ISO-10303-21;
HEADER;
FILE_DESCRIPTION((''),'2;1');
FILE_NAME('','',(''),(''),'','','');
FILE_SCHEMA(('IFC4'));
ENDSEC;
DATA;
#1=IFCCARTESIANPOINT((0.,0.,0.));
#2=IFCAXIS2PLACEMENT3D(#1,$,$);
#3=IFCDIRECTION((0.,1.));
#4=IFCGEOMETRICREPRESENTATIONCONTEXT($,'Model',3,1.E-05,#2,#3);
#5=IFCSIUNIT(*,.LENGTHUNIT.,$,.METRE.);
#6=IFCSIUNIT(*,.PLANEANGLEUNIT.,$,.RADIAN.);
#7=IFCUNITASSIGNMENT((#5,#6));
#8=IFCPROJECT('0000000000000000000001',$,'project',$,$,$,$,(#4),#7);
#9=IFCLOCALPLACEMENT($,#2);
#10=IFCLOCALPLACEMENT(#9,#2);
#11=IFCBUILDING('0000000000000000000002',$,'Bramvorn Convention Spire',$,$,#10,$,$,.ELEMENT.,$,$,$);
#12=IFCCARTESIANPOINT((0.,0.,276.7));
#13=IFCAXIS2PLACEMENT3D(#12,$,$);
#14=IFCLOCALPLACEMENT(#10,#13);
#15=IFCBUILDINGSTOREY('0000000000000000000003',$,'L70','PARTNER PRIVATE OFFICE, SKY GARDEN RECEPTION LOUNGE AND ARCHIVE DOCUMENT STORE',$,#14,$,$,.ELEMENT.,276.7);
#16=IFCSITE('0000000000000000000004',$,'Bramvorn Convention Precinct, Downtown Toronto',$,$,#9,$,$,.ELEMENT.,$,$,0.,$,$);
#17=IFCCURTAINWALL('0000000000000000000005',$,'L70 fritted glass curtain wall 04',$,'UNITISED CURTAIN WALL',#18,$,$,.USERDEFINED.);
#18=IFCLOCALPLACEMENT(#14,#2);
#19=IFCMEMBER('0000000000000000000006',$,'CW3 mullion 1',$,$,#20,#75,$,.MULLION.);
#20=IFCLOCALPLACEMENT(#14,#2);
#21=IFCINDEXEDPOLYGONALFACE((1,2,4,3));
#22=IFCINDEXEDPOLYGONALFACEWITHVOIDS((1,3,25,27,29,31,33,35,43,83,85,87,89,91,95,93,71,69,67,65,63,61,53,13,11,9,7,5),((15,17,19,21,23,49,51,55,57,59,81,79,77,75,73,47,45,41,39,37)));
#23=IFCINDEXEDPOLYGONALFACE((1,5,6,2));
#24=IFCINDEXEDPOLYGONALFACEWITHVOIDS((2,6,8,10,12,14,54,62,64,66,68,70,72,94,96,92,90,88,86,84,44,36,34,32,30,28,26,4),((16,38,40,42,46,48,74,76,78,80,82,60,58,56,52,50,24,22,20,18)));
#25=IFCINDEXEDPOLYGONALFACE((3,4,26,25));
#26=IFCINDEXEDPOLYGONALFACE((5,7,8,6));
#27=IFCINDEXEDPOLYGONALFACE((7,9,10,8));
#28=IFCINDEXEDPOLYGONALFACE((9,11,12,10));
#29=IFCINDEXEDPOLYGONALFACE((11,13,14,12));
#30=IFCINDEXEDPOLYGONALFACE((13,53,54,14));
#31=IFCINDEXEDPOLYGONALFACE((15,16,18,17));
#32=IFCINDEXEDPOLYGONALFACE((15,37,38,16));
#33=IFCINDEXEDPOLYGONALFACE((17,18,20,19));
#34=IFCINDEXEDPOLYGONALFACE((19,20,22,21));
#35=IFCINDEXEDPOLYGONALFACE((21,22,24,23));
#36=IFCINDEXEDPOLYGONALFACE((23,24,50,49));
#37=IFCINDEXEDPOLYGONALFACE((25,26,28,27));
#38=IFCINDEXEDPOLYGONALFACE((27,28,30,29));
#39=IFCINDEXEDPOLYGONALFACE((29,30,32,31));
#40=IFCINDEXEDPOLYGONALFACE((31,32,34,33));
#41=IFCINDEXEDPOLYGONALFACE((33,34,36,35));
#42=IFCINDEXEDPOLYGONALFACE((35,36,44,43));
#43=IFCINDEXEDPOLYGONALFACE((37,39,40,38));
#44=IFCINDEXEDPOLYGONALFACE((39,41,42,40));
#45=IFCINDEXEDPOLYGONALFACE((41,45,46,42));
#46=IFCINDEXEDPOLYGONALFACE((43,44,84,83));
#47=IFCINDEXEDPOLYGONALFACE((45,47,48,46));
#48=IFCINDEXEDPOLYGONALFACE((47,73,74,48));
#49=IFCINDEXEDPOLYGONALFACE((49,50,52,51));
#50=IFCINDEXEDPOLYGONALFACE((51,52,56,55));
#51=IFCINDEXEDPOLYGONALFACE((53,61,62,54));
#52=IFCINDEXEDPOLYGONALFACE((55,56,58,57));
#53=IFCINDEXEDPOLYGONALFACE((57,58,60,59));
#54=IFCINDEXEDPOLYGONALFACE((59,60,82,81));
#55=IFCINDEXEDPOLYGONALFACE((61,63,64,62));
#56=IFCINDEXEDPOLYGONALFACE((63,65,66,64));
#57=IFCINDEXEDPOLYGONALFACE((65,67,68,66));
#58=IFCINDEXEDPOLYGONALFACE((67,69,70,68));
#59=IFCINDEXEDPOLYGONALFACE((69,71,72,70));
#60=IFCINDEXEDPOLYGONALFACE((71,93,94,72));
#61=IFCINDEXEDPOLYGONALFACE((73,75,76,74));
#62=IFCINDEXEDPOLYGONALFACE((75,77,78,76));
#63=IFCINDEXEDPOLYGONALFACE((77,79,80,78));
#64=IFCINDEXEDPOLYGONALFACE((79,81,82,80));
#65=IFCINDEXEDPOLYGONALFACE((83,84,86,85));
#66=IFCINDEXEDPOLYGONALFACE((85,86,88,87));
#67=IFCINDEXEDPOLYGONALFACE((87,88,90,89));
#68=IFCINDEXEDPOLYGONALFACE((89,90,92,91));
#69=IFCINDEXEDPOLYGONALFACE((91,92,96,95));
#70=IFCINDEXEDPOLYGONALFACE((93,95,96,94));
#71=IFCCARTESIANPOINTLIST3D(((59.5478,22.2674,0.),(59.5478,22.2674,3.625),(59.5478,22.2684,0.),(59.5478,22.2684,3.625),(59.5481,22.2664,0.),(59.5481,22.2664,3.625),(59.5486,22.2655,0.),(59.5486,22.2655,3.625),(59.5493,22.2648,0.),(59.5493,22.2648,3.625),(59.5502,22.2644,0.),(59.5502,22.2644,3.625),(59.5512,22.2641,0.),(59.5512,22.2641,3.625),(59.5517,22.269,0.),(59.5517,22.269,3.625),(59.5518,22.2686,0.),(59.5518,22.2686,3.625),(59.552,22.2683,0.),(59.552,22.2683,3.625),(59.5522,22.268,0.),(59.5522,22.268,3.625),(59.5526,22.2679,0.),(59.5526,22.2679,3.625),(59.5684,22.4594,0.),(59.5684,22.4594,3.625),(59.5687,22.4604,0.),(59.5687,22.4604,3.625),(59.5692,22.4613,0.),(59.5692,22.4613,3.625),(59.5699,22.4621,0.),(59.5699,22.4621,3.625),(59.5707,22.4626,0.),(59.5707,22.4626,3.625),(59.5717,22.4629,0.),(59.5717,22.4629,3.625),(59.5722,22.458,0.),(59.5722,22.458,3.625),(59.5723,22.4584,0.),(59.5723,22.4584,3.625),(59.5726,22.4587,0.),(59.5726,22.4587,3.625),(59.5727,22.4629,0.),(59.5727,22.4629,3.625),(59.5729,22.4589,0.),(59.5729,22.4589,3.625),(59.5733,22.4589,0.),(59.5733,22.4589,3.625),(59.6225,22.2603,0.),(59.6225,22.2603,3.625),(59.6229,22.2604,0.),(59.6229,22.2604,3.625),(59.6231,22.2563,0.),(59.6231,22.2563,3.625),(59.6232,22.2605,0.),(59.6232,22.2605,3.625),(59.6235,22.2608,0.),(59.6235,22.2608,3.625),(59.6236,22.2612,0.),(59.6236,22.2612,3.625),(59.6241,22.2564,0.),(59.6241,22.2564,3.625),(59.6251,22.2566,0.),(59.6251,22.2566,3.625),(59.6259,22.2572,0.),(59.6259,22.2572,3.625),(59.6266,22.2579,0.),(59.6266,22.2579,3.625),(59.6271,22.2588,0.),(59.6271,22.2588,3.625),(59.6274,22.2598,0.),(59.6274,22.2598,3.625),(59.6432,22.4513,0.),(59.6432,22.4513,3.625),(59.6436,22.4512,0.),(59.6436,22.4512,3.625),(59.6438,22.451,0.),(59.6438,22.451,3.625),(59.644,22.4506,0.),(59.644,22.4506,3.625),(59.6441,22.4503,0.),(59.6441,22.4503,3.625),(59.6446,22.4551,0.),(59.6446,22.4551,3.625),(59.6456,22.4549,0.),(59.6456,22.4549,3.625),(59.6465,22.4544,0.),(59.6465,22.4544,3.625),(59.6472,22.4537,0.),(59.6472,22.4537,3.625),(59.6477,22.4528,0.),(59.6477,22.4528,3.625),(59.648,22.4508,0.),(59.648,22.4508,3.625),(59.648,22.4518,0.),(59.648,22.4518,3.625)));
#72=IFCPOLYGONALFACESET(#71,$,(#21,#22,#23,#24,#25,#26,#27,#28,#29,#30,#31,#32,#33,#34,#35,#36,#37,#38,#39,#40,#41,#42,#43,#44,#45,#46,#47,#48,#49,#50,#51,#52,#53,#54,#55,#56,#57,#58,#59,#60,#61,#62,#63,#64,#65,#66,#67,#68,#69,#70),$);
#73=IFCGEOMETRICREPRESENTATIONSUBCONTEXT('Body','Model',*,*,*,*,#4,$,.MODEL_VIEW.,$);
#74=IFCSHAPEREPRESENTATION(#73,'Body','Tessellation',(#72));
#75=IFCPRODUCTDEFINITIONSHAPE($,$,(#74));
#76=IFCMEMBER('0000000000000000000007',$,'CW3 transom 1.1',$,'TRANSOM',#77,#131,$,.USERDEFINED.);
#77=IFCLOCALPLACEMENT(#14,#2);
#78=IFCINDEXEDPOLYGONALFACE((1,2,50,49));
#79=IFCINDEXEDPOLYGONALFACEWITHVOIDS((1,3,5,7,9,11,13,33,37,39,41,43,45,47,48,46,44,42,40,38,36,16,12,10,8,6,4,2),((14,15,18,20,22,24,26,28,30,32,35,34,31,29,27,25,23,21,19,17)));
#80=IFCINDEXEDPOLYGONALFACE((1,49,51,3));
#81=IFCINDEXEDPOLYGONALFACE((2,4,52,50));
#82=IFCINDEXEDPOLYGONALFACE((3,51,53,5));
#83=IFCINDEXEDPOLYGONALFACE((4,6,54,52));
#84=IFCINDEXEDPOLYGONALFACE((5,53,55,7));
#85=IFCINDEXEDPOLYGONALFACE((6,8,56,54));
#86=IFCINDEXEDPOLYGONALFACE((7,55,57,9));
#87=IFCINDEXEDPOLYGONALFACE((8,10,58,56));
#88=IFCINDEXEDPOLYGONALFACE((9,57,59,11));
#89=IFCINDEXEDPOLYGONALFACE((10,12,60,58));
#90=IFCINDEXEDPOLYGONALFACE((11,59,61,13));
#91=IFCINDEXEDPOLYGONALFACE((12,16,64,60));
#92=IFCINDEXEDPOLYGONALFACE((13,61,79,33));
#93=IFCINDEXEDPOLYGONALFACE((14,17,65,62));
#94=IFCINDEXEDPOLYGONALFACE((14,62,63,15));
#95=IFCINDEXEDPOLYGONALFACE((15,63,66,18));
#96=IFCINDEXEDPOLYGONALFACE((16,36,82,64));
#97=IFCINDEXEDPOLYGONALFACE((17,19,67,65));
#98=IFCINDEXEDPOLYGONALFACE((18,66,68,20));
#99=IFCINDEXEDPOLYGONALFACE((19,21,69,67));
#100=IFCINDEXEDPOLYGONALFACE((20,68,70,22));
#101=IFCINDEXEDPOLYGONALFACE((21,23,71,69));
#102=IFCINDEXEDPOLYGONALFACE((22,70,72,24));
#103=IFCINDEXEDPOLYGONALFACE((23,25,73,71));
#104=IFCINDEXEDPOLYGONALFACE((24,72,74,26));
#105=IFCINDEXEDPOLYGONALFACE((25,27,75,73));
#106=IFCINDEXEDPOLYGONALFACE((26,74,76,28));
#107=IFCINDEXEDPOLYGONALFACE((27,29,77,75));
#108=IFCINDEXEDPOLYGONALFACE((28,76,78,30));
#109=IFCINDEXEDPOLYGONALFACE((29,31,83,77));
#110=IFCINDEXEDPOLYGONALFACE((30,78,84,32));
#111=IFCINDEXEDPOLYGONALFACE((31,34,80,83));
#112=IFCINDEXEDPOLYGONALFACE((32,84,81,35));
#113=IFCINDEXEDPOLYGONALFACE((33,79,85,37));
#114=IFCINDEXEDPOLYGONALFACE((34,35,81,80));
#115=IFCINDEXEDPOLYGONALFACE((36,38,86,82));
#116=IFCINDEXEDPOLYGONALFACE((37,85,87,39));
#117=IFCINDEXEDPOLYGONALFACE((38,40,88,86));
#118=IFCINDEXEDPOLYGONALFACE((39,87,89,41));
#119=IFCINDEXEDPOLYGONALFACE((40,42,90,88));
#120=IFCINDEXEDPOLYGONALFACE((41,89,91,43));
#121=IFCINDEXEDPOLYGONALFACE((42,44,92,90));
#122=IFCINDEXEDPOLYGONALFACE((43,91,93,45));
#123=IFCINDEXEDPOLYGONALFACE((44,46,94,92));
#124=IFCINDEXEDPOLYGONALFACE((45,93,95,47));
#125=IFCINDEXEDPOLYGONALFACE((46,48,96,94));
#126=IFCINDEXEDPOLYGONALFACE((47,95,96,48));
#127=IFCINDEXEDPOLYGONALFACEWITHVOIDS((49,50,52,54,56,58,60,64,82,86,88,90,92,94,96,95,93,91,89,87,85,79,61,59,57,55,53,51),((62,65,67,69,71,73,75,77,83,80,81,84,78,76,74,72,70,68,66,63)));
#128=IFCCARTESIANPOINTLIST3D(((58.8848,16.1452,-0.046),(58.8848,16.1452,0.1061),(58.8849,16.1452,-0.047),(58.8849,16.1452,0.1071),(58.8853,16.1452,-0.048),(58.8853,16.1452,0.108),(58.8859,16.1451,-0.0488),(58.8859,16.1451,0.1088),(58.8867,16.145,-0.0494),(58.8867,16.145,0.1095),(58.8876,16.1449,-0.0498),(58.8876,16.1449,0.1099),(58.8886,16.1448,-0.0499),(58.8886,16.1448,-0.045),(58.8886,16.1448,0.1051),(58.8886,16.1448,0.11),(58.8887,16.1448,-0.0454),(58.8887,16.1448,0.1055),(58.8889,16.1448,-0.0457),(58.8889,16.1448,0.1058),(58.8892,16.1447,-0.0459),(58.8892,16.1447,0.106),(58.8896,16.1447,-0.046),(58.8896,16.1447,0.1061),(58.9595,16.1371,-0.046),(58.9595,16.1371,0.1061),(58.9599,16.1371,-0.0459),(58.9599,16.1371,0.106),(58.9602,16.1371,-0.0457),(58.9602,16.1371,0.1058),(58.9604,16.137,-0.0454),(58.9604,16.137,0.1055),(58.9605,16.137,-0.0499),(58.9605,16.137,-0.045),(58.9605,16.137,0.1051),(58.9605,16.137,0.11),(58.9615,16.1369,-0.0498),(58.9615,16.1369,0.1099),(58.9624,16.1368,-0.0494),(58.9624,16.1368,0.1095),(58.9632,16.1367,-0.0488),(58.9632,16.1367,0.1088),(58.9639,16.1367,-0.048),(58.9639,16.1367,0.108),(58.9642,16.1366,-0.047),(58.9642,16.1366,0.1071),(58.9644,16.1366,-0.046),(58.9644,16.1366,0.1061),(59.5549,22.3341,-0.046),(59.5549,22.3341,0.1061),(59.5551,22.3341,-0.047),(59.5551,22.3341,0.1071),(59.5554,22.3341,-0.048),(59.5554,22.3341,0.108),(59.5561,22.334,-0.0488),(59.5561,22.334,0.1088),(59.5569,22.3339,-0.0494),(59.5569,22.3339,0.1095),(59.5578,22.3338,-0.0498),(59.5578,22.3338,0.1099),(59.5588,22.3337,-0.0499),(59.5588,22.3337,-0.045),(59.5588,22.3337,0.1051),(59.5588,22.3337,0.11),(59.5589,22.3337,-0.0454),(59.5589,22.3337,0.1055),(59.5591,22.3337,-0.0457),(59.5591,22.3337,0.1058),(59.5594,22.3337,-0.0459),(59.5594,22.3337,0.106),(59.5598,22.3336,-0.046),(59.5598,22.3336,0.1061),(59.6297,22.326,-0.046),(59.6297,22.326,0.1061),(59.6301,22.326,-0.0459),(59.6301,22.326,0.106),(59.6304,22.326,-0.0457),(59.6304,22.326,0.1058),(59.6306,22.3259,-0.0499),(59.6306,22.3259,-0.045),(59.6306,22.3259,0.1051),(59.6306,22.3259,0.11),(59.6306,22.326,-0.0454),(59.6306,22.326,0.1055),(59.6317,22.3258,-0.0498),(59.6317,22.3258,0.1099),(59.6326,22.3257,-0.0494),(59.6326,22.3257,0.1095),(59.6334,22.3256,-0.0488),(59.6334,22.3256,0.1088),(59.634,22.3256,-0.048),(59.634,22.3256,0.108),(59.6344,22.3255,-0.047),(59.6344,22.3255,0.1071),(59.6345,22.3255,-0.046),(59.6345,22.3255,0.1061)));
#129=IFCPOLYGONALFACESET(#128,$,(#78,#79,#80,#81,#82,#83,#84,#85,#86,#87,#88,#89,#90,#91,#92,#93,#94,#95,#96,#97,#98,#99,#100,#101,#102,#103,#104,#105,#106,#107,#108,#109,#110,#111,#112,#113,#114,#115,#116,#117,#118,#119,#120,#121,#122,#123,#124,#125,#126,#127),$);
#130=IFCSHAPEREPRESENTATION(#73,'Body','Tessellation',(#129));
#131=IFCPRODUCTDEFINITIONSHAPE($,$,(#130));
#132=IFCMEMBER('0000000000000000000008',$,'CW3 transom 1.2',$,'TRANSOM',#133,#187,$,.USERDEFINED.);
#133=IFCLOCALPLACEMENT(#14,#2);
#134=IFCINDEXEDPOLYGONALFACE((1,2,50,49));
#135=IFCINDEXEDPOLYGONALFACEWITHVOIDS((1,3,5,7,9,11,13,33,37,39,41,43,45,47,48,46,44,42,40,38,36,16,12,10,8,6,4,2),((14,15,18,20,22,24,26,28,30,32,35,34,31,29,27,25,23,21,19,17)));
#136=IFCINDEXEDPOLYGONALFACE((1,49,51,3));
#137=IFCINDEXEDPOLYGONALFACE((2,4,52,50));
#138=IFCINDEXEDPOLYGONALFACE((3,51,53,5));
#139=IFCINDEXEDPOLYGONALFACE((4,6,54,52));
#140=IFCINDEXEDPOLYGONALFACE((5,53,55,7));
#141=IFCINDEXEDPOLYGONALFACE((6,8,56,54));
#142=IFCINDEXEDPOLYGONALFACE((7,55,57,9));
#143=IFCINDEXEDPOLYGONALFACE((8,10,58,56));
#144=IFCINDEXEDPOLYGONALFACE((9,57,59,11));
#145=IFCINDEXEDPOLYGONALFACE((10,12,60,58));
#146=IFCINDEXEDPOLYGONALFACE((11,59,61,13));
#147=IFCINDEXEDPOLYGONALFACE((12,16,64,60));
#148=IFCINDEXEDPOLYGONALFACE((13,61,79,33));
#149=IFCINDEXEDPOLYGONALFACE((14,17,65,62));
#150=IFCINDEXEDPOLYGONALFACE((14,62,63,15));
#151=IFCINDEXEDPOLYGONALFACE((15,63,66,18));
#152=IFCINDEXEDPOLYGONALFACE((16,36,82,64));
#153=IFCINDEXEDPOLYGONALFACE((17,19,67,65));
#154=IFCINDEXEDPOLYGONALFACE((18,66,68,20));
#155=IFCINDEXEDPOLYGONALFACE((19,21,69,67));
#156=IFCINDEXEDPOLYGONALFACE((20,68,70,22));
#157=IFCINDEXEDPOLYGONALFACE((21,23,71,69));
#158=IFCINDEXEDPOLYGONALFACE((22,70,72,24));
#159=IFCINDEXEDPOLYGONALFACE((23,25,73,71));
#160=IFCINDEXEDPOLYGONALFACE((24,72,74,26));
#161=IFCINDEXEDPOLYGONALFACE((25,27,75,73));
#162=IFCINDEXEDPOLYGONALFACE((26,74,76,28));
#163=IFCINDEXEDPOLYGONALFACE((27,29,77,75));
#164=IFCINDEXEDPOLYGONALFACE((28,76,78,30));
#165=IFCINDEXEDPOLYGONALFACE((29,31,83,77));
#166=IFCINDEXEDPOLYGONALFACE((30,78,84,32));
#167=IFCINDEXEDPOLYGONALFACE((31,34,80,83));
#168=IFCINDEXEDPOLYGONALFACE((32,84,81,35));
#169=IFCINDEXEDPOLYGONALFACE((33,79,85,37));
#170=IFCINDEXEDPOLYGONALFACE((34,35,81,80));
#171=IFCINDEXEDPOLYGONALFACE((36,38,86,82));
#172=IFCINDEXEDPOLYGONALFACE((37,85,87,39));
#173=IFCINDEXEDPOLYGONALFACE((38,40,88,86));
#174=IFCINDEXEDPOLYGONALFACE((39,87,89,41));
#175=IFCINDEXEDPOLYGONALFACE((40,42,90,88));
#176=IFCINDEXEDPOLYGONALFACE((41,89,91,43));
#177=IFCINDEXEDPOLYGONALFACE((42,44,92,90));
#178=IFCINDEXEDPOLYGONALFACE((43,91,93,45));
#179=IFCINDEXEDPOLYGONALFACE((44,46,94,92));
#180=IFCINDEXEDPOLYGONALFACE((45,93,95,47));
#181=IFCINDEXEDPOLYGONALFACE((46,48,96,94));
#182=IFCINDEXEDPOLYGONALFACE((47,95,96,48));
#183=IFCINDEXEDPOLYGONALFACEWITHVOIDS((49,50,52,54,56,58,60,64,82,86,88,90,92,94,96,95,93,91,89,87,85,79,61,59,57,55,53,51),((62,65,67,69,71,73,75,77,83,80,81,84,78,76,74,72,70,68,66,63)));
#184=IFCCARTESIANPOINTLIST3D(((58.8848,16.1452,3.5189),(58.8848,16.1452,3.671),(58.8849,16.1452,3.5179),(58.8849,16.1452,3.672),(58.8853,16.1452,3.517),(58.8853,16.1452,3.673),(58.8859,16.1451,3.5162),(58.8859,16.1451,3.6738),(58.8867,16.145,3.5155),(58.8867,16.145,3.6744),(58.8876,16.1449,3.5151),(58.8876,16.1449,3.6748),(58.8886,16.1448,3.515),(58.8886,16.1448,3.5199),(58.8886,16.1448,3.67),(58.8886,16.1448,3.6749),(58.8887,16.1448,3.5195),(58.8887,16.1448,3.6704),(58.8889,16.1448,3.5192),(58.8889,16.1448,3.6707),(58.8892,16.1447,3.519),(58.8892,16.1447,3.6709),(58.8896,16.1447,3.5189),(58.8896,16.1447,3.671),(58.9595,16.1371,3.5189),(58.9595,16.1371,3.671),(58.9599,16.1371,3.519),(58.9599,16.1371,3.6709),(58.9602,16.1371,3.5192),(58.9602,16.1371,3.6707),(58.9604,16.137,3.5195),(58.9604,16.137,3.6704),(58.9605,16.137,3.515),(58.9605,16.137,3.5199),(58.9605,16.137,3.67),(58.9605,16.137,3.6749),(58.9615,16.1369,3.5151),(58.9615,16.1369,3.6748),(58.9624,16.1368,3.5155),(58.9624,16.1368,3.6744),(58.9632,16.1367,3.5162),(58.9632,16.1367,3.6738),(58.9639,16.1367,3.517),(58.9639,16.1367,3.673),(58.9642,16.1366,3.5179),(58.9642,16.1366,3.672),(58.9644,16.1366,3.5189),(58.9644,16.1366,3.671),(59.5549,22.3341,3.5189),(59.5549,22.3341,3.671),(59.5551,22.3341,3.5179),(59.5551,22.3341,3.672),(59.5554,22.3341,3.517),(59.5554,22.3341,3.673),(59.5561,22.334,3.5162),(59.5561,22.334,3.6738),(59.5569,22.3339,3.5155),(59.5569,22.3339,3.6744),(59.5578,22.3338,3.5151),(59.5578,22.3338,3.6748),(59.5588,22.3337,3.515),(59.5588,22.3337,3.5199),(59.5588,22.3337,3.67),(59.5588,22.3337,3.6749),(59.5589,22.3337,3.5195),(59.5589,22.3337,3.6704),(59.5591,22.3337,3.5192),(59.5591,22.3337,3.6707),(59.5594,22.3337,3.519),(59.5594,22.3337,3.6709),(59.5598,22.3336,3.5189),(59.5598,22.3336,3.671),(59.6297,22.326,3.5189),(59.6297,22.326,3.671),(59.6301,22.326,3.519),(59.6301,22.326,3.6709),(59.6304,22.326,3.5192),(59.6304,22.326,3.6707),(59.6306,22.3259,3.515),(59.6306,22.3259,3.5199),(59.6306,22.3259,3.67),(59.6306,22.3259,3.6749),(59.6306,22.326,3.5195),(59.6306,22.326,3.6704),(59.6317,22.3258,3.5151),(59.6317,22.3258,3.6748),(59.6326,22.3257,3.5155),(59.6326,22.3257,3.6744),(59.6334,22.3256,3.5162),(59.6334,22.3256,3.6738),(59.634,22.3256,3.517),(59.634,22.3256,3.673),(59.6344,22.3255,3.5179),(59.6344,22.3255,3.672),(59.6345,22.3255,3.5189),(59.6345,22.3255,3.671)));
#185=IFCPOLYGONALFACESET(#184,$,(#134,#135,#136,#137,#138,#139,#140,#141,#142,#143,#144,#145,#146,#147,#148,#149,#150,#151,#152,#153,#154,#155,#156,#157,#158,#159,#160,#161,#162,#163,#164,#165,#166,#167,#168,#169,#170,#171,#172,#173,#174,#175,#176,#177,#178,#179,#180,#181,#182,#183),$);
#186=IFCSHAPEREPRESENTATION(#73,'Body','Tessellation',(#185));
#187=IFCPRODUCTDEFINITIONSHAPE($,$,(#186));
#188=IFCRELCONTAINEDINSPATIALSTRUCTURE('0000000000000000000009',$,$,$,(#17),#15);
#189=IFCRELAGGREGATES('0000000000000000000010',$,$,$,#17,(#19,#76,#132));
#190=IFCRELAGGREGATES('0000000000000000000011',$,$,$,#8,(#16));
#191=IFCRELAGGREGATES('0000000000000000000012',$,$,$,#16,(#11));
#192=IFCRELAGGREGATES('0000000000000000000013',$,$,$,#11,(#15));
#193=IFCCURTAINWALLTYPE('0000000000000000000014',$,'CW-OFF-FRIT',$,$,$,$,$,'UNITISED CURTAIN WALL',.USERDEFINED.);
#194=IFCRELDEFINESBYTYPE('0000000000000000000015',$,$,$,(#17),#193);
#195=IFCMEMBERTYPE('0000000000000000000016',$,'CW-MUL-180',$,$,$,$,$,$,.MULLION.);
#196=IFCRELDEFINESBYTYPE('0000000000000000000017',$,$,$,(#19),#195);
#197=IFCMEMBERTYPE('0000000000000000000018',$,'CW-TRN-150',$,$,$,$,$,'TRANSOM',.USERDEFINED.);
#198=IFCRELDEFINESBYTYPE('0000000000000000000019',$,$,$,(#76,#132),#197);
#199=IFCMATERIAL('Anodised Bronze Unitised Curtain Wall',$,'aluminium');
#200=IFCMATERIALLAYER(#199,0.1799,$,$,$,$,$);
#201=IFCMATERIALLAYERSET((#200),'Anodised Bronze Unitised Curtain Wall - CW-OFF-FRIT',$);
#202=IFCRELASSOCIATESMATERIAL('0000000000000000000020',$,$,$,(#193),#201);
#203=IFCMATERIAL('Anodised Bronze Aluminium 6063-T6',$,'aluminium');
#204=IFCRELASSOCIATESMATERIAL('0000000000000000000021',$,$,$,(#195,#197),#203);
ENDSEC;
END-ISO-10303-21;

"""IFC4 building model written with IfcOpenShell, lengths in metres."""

from ifc_helpers import new_model, si_unit, direction, frame, origin, origin_2d, place, context, subcontext, project, spatial, hollow_rectangle, extrude, material, layer, layer_set, material_profile, profile_set, type_object, element, aggregate, save


model = new_model("IFC4")

# Units and contexts
model_context = context("Model", 3, precision=1e-05, world=origin(), true_north=direction((0.0, 1.0)))
body_context = subcontext(model_context, "Body", "Model", "MODEL_VIEW")
ifc_project = project(units=[si_unit("LENGTHUNIT", "METRE"), si_unit("PLANEANGLEUNIT", "RADIAN")], contexts=[model_context])

# Site, building, storey
site_placement = place(None, origin())
site = spatial("IfcSite", under=ifc_project, at=site_placement, Name="Bramvorn Convention Precinct, Downtown Toronto", CompositionType="ELEMENT", RefElevation=0.0)
building_placement = place(site_placement, origin())
building = spatial("IfcBuilding", under=site, at=building_placement, Name="Bramvorn Convention Spire", CompositionType="ELEMENT")
storey_placement = place(building_placement, frame((0.0, 0.0, 276.7)))
storey = spatial("IfcBuildingStorey", under=building, at=storey_placement, Name="L70", Description="PARTNER PRIVATE OFFICE, SKY GARDEN RECEPTION LOUNGE AND ARCHIVE DOCUMENT STORE", CompositionType="ELEMENT", Elevation=276.7)

# Curtain wall, members
ifc_material_1 = material(Name="Anodised Bronze Unitised Curtain Wall", Category="aluminium")
ifc_layer_1 = layer(ifc_material_1, 0.1799)
ifc_layer_set_1 = layer_set([ifc_layer_1], Name="Anodised Bronze Unitised Curtain Wall - CW-OFF-FRIT")
curtain_wall_type = type_object("IfcCurtainWallType", Name="CW-OFF-FRIT", ElementType="UNITISED CURTAIN WALL", PredefinedType="USERDEFINED", material=ifc_layer_set_1)
curtain_wall_placement = place(storey_placement, origin())
curtain_wall = element("IfcCurtainWall", 1, at=curtain_wall_placement, inside=storey, type_object=curtain_wall_type, Name="L70 fritted glass curtain wall 04", ObjectType="UNITISED CURTAIN WALL", PredefinedType="USERDEFINED")
ifc_material_2 = material(Name="Anodised Bronze Aluminium 6063-T6", Category="aluminium")
ifc_material_profile_1 = material_profile(ifc_material_2, hollow_rectangle(XDim=0.0801, YDim=0.2, WallThickness=0.0039, InnerFilletRadius=0.001, OuterFilletRadius=0.0039, at=origin_2d()))
ifc_profile_set_1 = profile_set([ifc_material_profile_1], Name="Anodised Bronze Aluminium 6063-T6 - CWM80X200")
member_type_1 = type_object("IfcMemberType", Name="CW-MUL-180", PredefinedType="MULLION", material=ifc_profile_set_1)
member_1_placement = place(storey_placement, frame((59.5979, 22.3596, 0.0), z_axis=(0.0, 0.0, 1.0), x_axis=(0.99419, -0.107639, 0.0)))
member_1 = element("IfcMember", 2, at=member_1_placement, type_object=member_type_1, Name="CW3 mullion 1", PredefinedType="MULLION", context=body_context, shape_type="SweptSolid", body=[
    extrude(hollow_rectangle(XDim=0.0801, YDim=0.2, WallThickness=0.0039, InnerFilletRadius=0.001, OuterFilletRadius=0.0039, at=origin_2d()), origin(), (0.0, 0.0, 1.0), 3.625),
])
ifc_material_profile_2 = material_profile(ifc_material_2, hollow_rectangle(XDim=0.0801, YDim=0.1599, WallThickness=0.0039, InnerFilletRadius=0.001, OuterFilletRadius=0.0039, at=origin_2d()))
ifc_profile_set_2 = profile_set([ifc_material_profile_2], Name="Anodised Bronze Aluminium 6063-T6 - CWT80X160")
member_type_2 = type_object("IfcMemberType", Name="CW-TRN-150", ElementType="TRANSOM", PredefinedType="USERDEFINED", material=ifc_profile_set_2)
member_2_placement = place(storey_placement, frame((59.5947, 22.3298, 0.03), z_axis=(-0.107655, -0.994188, 0.0), x_axis=(0.994188, -0.107655, 0.0)))
member_2 = element("IfcMember", 3, at=member_2_placement, type_object=member_type_2, Name="CW3 transom 1.1", ObjectType="TRANSOM", PredefinedType="USERDEFINED", context=body_context, shape_type="SweptSolid", body=[
    extrude(hollow_rectangle(XDim=0.0801, YDim=0.1599, WallThickness=0.0039, InnerFilletRadius=0.001, OuterFilletRadius=0.0039, at=origin_2d()), origin(), (0.0, 0.0, 1.0), 6.2251),
])
member_3_placement = place(storey_placement, frame((59.5947, 22.3298, 3.595), z_axis=(-0.107655, -0.994188, 0.0), x_axis=(0.994188, -0.107655, 0.0)))
member_3 = element("IfcMember", 4, at=member_3_placement, type_object=member_type_2, Name="CW3 transom 1.2", ObjectType="TRANSOM", PredefinedType="USERDEFINED", context=body_context, shape_type="SweptSolid", body=[
    extrude(hollow_rectangle(XDim=0.0801, YDim=0.1599, WallThickness=0.0039, InnerFilletRadius=0.001, OuterFilletRadius=0.0039, at=origin_2d()), origin(), (0.0, 0.0, 1.0), 6.2251),
])
aggregate(curtain_wall, [member_1, member_2, member_3])

save(model, "model.ifc")
